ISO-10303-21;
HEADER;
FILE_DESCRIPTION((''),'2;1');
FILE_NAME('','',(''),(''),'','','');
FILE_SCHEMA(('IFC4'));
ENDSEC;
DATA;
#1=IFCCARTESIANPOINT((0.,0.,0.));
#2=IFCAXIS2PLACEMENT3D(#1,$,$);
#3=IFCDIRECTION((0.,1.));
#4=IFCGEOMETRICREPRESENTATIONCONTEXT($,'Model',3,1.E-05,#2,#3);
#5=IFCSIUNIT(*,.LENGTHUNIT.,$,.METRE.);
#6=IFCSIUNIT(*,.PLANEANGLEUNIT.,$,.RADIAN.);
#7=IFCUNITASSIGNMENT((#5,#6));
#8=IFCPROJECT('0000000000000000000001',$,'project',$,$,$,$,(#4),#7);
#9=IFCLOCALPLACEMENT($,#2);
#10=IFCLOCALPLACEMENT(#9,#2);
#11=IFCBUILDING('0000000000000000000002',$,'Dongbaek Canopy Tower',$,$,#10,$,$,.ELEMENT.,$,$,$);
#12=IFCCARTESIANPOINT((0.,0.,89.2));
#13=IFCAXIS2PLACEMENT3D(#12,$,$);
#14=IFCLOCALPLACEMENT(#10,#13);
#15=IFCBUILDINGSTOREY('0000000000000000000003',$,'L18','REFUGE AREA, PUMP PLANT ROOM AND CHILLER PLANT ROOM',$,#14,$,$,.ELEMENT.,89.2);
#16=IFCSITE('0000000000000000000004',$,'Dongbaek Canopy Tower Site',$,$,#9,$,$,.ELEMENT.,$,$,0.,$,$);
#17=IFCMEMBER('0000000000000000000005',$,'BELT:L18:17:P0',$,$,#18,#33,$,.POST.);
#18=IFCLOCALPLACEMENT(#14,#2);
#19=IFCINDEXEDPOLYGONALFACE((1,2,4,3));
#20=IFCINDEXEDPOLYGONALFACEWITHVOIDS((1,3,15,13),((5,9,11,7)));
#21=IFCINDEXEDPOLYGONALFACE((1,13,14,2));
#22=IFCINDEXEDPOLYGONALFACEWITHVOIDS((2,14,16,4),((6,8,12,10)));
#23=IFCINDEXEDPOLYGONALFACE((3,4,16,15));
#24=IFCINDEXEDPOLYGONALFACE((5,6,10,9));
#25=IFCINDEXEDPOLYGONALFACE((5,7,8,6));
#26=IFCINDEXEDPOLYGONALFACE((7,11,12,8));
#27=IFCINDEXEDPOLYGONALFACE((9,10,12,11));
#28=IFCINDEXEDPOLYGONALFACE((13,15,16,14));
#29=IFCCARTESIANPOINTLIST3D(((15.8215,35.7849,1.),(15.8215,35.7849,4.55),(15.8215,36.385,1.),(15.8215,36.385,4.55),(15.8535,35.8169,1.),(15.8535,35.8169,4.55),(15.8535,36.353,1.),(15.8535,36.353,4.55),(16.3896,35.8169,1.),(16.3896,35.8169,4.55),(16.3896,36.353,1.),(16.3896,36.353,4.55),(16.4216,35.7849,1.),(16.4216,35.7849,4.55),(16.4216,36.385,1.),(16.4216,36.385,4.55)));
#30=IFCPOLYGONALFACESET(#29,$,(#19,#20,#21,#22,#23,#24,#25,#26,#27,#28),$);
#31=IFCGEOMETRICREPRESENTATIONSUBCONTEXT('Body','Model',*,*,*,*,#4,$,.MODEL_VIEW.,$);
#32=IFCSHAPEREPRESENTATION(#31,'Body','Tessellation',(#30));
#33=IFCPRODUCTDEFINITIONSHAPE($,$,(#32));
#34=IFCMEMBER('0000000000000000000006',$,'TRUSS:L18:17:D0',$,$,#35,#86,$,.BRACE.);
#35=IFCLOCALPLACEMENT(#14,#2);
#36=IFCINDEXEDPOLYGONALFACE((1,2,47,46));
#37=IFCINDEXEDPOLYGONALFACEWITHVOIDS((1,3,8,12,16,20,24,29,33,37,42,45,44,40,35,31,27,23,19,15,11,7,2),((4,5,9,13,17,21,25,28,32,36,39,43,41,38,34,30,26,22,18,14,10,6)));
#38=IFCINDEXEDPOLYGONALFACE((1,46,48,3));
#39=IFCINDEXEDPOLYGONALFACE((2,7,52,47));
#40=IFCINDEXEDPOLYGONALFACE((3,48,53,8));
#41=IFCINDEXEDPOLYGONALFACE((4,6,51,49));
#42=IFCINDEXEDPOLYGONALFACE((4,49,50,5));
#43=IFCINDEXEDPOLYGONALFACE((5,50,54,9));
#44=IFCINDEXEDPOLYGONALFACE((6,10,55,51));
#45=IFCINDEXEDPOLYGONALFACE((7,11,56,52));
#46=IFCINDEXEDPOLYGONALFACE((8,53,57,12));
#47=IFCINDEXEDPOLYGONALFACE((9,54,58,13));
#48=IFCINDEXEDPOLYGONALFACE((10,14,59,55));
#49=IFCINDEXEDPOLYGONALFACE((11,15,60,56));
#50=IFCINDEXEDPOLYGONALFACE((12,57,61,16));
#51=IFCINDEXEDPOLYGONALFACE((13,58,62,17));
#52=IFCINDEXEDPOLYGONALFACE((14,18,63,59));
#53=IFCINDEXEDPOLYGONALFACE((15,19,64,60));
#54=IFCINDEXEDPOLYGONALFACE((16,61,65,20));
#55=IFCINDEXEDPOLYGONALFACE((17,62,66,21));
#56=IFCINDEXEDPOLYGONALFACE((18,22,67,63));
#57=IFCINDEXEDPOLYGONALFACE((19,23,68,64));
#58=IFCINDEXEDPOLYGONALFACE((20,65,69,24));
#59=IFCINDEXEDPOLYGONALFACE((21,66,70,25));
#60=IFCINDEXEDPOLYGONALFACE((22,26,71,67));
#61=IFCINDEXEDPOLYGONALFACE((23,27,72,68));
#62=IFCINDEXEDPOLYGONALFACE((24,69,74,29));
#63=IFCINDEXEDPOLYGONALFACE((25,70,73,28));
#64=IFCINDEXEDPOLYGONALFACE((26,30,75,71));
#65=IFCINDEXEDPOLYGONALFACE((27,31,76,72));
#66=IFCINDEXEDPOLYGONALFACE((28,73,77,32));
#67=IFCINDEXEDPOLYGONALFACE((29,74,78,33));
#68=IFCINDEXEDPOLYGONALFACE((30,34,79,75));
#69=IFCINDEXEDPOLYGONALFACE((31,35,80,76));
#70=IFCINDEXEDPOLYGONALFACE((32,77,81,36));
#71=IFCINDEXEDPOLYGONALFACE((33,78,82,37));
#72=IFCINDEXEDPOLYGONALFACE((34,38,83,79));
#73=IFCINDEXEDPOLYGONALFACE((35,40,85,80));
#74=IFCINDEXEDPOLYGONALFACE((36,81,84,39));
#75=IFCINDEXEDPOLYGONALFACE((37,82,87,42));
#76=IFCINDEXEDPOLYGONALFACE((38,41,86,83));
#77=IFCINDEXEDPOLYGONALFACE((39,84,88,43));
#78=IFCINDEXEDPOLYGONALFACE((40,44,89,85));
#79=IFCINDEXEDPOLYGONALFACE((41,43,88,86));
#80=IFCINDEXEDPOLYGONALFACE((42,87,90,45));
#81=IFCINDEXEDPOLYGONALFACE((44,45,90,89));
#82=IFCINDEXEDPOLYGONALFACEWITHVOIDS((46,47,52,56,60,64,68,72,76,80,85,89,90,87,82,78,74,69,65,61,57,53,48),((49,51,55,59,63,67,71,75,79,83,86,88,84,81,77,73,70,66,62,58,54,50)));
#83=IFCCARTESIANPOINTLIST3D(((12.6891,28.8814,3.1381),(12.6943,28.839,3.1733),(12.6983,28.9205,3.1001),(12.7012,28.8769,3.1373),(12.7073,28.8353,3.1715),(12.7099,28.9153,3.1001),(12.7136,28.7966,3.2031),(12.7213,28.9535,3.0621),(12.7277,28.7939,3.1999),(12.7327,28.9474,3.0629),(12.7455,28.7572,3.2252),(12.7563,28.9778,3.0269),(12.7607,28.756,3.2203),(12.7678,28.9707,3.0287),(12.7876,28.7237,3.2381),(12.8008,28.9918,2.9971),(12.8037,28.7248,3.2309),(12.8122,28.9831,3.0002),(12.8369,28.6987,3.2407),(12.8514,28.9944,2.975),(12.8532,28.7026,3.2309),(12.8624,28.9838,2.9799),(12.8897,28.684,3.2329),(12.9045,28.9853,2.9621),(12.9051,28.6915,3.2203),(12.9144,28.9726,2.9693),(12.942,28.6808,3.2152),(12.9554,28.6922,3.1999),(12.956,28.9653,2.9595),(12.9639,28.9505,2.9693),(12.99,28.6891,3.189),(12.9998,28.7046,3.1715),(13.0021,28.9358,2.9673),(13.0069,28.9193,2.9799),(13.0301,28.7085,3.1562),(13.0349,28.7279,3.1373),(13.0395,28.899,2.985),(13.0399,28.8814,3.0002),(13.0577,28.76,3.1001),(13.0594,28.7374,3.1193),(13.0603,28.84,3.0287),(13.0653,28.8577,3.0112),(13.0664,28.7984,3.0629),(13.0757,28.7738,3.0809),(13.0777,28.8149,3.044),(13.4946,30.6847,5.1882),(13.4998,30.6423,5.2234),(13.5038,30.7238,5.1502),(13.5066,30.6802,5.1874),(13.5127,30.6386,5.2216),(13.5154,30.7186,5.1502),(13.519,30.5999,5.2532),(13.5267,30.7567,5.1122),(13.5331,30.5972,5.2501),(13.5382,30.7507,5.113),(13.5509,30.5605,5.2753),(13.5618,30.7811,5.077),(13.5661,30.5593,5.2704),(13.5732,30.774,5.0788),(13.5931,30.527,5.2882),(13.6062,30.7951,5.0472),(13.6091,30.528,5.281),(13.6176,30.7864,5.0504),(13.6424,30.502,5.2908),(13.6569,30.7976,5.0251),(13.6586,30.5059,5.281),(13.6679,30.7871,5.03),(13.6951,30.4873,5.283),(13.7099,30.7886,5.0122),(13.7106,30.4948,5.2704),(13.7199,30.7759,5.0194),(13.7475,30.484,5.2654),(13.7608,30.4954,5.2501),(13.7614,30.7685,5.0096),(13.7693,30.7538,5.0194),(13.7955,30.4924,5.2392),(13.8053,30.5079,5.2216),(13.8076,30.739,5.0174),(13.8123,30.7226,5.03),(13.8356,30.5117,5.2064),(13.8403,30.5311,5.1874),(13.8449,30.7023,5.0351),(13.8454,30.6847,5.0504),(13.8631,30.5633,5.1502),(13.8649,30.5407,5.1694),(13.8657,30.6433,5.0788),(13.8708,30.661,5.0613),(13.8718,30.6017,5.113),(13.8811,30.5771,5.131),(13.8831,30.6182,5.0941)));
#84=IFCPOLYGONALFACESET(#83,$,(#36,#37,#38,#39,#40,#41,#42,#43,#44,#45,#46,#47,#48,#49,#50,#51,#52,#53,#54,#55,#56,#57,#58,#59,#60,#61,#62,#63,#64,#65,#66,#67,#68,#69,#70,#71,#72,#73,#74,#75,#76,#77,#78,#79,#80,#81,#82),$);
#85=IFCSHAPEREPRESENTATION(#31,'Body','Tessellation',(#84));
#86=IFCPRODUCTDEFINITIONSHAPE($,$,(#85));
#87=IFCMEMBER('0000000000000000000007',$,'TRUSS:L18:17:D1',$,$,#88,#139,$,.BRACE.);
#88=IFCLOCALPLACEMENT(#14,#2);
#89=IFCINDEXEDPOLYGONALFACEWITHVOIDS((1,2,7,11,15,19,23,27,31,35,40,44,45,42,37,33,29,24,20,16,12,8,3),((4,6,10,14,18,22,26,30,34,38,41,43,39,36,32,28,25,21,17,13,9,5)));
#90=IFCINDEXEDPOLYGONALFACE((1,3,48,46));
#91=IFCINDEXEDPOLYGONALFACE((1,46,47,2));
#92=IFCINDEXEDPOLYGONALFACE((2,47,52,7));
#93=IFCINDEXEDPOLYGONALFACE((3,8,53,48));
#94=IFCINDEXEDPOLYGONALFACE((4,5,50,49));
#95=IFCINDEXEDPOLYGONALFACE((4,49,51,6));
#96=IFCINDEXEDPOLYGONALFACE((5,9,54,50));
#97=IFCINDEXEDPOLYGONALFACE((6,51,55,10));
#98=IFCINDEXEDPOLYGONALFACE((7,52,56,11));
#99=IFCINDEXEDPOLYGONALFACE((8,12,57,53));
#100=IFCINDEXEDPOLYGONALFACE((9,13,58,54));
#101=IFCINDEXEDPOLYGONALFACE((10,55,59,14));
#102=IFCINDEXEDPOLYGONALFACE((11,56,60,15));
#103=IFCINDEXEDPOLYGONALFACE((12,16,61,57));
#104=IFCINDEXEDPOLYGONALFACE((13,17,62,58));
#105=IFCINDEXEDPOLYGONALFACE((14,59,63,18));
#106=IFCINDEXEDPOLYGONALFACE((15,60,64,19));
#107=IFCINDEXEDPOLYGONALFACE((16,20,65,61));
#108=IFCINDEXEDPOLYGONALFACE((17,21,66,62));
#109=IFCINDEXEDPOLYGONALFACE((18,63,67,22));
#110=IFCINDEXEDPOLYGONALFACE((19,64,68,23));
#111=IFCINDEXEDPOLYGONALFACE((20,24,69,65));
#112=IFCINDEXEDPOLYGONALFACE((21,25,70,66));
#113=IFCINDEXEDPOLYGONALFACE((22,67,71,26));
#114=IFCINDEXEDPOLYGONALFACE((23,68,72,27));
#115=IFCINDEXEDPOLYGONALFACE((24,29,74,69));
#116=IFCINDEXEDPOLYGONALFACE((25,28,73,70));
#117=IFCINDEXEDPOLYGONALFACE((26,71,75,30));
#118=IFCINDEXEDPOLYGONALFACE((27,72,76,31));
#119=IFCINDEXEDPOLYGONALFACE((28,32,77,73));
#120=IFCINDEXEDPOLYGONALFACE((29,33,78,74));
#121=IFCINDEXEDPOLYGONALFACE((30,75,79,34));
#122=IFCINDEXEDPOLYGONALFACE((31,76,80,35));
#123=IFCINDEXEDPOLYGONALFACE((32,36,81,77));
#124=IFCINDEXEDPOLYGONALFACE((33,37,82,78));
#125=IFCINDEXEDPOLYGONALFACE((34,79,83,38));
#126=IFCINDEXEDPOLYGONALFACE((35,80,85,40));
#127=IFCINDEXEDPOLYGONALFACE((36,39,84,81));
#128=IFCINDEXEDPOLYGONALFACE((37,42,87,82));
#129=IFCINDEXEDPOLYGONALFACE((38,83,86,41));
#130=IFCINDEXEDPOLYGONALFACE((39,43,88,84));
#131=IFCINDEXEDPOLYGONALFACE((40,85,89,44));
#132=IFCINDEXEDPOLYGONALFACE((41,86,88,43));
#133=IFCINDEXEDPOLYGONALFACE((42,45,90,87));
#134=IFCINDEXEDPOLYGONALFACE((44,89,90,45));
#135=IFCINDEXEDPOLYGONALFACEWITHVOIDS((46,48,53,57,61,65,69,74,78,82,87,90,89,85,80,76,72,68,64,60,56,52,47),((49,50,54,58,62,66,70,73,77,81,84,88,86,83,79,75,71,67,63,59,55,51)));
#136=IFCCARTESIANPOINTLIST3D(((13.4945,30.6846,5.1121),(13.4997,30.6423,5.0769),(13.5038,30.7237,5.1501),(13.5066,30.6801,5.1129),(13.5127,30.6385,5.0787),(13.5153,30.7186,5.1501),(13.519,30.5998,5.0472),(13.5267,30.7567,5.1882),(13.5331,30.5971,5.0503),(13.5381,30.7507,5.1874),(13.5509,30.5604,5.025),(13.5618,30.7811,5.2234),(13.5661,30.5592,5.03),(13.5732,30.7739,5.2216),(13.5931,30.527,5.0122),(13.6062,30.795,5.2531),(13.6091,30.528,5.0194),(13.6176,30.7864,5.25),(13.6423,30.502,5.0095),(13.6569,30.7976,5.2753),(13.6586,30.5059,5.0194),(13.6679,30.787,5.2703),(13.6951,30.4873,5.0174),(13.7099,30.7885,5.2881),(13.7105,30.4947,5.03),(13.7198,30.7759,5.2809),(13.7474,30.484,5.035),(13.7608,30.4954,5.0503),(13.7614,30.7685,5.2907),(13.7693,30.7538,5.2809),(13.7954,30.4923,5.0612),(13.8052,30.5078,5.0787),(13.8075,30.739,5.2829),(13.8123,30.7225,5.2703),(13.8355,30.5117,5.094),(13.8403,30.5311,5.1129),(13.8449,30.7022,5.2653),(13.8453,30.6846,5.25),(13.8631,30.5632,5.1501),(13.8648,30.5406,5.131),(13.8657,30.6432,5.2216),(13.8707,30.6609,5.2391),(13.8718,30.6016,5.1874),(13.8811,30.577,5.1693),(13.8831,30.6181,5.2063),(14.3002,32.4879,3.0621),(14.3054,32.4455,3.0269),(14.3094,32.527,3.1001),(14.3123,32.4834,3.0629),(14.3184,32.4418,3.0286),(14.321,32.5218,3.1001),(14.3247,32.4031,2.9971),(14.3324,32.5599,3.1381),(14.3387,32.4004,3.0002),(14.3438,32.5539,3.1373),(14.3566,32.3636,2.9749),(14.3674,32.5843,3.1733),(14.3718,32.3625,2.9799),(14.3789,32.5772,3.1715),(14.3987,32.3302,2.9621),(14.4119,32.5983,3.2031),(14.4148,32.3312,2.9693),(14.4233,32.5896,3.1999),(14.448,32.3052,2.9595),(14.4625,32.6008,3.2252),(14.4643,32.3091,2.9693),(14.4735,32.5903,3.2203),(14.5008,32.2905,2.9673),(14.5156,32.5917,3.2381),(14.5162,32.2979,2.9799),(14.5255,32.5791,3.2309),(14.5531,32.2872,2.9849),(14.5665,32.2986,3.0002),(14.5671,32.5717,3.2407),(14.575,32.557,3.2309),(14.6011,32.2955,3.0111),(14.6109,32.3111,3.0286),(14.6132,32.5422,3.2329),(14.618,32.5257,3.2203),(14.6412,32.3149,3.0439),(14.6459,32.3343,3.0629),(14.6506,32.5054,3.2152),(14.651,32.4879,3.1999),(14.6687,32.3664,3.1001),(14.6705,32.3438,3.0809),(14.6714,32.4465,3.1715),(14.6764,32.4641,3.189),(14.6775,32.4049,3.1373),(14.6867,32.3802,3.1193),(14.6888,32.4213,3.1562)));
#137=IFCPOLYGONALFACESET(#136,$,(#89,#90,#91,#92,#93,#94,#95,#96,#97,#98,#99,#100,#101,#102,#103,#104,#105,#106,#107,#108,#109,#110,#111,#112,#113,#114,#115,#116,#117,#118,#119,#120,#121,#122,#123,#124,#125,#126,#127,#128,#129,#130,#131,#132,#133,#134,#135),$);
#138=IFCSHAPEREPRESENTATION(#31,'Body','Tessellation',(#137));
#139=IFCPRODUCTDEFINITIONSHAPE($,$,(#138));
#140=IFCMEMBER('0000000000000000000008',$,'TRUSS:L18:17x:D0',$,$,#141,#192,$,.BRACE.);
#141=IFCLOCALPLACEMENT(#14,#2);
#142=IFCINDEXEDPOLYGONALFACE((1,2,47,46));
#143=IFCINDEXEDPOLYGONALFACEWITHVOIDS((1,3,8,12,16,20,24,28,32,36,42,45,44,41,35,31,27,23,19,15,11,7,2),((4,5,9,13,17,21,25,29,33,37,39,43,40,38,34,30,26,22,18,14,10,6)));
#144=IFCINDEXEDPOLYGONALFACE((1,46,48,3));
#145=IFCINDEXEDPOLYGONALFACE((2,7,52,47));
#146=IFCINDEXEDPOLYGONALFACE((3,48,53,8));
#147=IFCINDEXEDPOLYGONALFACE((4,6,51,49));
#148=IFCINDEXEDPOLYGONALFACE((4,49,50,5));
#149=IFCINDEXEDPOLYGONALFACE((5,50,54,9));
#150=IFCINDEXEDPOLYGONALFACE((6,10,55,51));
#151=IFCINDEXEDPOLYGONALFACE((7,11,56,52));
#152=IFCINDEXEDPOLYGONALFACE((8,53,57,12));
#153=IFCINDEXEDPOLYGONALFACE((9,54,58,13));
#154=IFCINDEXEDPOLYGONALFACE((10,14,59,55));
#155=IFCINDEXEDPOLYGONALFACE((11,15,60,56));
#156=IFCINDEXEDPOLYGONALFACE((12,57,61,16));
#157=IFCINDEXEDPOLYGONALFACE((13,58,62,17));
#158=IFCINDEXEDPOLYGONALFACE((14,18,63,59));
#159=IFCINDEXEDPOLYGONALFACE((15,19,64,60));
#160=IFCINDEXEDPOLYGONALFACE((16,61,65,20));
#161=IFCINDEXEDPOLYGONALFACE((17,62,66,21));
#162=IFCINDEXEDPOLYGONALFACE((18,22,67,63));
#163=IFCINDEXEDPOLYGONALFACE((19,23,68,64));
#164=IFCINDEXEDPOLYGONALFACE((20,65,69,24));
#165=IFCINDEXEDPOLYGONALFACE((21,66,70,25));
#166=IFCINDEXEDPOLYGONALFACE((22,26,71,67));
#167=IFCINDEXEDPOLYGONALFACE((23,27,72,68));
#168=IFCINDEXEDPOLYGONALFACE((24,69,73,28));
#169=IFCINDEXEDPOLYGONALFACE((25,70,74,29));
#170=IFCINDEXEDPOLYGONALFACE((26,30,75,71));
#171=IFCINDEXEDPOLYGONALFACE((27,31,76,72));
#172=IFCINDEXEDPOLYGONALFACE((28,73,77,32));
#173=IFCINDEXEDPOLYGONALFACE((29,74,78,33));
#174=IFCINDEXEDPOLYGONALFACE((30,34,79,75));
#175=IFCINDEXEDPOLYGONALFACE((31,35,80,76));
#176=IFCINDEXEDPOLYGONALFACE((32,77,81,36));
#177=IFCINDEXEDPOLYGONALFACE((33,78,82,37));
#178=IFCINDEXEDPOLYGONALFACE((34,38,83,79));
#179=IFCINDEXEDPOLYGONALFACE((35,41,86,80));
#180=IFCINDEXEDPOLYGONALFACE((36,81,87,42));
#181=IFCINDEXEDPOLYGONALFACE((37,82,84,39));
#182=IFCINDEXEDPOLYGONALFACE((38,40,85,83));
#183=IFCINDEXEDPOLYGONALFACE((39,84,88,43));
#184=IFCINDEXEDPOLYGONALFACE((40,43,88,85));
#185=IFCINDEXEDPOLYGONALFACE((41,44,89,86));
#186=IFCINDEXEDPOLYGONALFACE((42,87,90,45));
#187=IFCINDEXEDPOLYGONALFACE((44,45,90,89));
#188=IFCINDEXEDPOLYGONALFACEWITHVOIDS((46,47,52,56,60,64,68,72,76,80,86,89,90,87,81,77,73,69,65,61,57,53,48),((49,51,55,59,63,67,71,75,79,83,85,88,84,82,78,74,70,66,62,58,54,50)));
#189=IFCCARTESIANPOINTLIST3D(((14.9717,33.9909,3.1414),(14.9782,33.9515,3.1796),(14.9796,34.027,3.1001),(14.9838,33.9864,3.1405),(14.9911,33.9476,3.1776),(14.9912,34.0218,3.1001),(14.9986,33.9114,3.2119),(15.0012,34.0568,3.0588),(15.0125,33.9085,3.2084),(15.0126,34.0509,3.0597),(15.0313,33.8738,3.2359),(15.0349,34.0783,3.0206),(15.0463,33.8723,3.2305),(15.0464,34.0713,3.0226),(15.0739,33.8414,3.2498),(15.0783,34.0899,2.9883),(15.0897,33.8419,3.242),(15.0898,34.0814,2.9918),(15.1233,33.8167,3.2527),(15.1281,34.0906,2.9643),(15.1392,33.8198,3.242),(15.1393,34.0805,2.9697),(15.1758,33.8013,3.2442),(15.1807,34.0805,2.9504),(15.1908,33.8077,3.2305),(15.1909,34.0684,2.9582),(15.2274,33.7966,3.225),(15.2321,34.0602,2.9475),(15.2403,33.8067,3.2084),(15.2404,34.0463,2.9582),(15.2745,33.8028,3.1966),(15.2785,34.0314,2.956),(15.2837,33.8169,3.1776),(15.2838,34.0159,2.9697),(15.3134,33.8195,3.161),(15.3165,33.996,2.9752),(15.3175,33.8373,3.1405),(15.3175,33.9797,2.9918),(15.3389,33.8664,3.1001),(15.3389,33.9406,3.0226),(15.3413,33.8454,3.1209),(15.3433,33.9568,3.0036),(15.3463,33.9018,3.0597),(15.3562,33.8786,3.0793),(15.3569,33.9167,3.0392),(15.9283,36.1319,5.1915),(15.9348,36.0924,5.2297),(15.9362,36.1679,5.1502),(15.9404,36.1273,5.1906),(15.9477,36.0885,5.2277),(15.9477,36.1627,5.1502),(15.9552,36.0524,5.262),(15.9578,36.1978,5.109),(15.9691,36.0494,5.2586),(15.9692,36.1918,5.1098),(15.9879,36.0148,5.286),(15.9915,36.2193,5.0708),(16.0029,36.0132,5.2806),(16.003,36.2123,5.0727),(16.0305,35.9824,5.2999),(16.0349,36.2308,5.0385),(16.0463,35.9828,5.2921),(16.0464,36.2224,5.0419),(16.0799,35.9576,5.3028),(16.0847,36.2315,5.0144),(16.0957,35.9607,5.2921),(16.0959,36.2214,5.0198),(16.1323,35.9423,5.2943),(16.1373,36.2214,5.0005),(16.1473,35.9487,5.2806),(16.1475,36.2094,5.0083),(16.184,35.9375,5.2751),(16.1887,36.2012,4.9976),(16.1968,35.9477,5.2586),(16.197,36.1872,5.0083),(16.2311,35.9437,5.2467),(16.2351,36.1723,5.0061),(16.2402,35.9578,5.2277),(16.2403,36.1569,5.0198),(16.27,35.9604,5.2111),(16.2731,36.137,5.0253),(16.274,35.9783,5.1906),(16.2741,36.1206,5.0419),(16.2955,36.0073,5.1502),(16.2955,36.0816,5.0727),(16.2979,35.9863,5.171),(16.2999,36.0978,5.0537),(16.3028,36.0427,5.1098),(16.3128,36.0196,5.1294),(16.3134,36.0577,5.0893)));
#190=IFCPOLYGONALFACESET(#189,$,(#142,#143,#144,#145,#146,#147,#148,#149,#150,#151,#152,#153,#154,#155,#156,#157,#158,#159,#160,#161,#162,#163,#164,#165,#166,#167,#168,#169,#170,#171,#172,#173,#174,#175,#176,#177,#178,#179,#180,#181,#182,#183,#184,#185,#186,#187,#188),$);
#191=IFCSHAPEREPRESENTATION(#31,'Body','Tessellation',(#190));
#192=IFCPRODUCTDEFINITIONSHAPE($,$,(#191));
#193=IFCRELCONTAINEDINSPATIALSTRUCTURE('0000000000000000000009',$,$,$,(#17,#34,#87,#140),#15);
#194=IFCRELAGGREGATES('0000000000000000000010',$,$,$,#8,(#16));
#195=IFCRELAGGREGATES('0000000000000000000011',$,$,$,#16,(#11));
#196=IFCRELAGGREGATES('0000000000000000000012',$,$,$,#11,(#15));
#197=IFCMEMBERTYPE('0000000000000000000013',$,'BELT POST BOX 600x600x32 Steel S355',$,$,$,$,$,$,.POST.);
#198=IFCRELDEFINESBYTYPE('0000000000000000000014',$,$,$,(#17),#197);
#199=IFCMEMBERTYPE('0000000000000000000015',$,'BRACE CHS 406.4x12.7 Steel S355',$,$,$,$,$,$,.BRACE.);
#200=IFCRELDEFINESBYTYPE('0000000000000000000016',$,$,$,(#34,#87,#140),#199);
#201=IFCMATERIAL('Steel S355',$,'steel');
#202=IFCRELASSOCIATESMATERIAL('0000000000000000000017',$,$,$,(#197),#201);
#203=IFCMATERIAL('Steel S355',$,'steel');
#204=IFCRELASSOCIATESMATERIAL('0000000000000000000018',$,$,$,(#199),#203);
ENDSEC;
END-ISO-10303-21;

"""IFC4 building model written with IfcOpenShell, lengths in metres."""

from ifc_helpers import new_model, si_unit, direction, frame, origin, origin_2d, place, context, subcontext, project, spatial, hollow_rectangle, hollow_circle, extrude, material, material_profile, profile_set, type_object, element, save


model = new_model("IFC4")

# Units and contexts
model_context = context("Model", 3, precision=1e-05, world=origin(), true_north=direction((0.0, 1.0)))
body_context = subcontext(model_context, "Body", "Model", "MODEL_VIEW")
ifc_project = project(units=[si_unit("LENGTHUNIT", "METRE"), si_unit("PLANEANGLEUNIT", "RADIAN")], contexts=[model_context])

# Site, building, storey
site_placement = place(None, origin())
site = spatial("IfcSite", under=ifc_project, at=site_placement, Name="Dongbaek Canopy Tower Site", CompositionType="ELEMENT", RefElevation=0.0)
building_placement = place(site_placement, origin())
building = spatial("IfcBuilding", under=site, at=building_placement, Name="Dongbaek Canopy Tower", CompositionType="ELEMENT")
storey_placement = place(building_placement, frame((0.0, 0.0, 89.2)))
storey = spatial("IfcBuildingStorey", under=building, at=storey_placement, Name="L18", Description="REFUGE AREA, PUMP PLANT ROOM AND CHILLER PLANT ROOM", CompositionType="ELEMENT", Elevation=89.2)

# Members
ifc_material_1 = material(Name="Steel S355", Category="steel")
ifc_material_profile_1 = material_profile(ifc_material_1, hollow_rectangle(XDim=0.6001, YDim=0.6001, WallThickness=0.032, at=origin_2d()), Name="BELT POST BOX 600x600x32 Steel S355")
ifc_profile_set_1 = profile_set([ifc_material_profile_1], Name="Steel S355")
member_type_1 = type_object("IfcMemberType", Name="BELT POST BOX 600x600x32 Steel S355", PredefinedType="POST", material=ifc_profile_set_1)
member_1_placement = place(storey_placement, frame((16.1216, 36.085, 1.0), z_axis=(0.0, 0.0, 1.0), x_axis=(1.0, 0.0, 0.0)))
element("IfcMember", 1, at=member_1_placement, inside=storey, type_object=member_type_1, Name="BELT:L18:17:P0", PredefinedType="POST", context=body_context, shape_type="SweptSolid", body=[
    extrude(hollow_rectangle(XDim=0.6001, YDim=0.6001, WallThickness=0.032, at=origin_2d()), origin(), (0.0, 0.0, 1.0), 3.55),
])
ifc_material_2 = material(Name="Steel S355", Category="steel")
ifc_material_profile_2 = material_profile(ifc_material_2, hollow_circle(Radius=0.2031, WallThickness=0.0127, at=origin_2d()), Name="BRACE CHS 406.4x12.7 Steel S355")
ifc_profile_set_2 = profile_set([ifc_material_profile_2], Name="Steel S355")
member_type_2 = type_object("IfcMemberType", Name="BRACE CHS 406.4x12.7 Steel S355", PredefinedType="BRACE", material=ifc_profile_set_2)
for number, where, z_axis, x_axis, name in (
    (2, (12.8838, 28.8376, 3.1001), (0.282943, 0.63347, 0.72018), (-0.913061, 0.407824, 0.0), "TRUSS:L18:17:D0"),
    (3, (13.6892, 30.6409, 5.1501), (0.283022, 0.633455, -0.720162), (-0.913015, 0.407927, 0.0), "TRUSS:L18:17:D1"),
):
    element("IfcMember", number, at=place(storey_placement, frame(where, z_axis=z_axis, x_axis=x_axis)), inside=storey, type_object=member_type_2, Name=name, PredefinedType="BRACE", context=body_context, shape_type="SweptSolid", body=[
        extrude(hollow_circle(Radius=0.2031, WallThickness=0.0127, at=origin_2d()), origin(), (0.0, 0.0, 1.0), 2.8467),
    ])
member_2_placement = place(storey_placement, frame((15.165, 33.9441, 3.1001), z_axis=(0.307112, 0.687356, 0.658197), x_axis=(-0.913011, 0.407935, 0.0)))
element("IfcMember", 4, at=member_2_placement, inside=storey, type_object=member_type_2, Name="TRUSS:L18:17x:D0", PredefinedType="BRACE", context=body_context, shape_type="SweptSolid", body=[
    extrude(hollow_circle(Radius=0.2031, WallThickness=0.0127, at=origin_2d()), origin(), (0.0, 0.0, 1.0), 3.1147),
])

save(model, "model.ifc")
